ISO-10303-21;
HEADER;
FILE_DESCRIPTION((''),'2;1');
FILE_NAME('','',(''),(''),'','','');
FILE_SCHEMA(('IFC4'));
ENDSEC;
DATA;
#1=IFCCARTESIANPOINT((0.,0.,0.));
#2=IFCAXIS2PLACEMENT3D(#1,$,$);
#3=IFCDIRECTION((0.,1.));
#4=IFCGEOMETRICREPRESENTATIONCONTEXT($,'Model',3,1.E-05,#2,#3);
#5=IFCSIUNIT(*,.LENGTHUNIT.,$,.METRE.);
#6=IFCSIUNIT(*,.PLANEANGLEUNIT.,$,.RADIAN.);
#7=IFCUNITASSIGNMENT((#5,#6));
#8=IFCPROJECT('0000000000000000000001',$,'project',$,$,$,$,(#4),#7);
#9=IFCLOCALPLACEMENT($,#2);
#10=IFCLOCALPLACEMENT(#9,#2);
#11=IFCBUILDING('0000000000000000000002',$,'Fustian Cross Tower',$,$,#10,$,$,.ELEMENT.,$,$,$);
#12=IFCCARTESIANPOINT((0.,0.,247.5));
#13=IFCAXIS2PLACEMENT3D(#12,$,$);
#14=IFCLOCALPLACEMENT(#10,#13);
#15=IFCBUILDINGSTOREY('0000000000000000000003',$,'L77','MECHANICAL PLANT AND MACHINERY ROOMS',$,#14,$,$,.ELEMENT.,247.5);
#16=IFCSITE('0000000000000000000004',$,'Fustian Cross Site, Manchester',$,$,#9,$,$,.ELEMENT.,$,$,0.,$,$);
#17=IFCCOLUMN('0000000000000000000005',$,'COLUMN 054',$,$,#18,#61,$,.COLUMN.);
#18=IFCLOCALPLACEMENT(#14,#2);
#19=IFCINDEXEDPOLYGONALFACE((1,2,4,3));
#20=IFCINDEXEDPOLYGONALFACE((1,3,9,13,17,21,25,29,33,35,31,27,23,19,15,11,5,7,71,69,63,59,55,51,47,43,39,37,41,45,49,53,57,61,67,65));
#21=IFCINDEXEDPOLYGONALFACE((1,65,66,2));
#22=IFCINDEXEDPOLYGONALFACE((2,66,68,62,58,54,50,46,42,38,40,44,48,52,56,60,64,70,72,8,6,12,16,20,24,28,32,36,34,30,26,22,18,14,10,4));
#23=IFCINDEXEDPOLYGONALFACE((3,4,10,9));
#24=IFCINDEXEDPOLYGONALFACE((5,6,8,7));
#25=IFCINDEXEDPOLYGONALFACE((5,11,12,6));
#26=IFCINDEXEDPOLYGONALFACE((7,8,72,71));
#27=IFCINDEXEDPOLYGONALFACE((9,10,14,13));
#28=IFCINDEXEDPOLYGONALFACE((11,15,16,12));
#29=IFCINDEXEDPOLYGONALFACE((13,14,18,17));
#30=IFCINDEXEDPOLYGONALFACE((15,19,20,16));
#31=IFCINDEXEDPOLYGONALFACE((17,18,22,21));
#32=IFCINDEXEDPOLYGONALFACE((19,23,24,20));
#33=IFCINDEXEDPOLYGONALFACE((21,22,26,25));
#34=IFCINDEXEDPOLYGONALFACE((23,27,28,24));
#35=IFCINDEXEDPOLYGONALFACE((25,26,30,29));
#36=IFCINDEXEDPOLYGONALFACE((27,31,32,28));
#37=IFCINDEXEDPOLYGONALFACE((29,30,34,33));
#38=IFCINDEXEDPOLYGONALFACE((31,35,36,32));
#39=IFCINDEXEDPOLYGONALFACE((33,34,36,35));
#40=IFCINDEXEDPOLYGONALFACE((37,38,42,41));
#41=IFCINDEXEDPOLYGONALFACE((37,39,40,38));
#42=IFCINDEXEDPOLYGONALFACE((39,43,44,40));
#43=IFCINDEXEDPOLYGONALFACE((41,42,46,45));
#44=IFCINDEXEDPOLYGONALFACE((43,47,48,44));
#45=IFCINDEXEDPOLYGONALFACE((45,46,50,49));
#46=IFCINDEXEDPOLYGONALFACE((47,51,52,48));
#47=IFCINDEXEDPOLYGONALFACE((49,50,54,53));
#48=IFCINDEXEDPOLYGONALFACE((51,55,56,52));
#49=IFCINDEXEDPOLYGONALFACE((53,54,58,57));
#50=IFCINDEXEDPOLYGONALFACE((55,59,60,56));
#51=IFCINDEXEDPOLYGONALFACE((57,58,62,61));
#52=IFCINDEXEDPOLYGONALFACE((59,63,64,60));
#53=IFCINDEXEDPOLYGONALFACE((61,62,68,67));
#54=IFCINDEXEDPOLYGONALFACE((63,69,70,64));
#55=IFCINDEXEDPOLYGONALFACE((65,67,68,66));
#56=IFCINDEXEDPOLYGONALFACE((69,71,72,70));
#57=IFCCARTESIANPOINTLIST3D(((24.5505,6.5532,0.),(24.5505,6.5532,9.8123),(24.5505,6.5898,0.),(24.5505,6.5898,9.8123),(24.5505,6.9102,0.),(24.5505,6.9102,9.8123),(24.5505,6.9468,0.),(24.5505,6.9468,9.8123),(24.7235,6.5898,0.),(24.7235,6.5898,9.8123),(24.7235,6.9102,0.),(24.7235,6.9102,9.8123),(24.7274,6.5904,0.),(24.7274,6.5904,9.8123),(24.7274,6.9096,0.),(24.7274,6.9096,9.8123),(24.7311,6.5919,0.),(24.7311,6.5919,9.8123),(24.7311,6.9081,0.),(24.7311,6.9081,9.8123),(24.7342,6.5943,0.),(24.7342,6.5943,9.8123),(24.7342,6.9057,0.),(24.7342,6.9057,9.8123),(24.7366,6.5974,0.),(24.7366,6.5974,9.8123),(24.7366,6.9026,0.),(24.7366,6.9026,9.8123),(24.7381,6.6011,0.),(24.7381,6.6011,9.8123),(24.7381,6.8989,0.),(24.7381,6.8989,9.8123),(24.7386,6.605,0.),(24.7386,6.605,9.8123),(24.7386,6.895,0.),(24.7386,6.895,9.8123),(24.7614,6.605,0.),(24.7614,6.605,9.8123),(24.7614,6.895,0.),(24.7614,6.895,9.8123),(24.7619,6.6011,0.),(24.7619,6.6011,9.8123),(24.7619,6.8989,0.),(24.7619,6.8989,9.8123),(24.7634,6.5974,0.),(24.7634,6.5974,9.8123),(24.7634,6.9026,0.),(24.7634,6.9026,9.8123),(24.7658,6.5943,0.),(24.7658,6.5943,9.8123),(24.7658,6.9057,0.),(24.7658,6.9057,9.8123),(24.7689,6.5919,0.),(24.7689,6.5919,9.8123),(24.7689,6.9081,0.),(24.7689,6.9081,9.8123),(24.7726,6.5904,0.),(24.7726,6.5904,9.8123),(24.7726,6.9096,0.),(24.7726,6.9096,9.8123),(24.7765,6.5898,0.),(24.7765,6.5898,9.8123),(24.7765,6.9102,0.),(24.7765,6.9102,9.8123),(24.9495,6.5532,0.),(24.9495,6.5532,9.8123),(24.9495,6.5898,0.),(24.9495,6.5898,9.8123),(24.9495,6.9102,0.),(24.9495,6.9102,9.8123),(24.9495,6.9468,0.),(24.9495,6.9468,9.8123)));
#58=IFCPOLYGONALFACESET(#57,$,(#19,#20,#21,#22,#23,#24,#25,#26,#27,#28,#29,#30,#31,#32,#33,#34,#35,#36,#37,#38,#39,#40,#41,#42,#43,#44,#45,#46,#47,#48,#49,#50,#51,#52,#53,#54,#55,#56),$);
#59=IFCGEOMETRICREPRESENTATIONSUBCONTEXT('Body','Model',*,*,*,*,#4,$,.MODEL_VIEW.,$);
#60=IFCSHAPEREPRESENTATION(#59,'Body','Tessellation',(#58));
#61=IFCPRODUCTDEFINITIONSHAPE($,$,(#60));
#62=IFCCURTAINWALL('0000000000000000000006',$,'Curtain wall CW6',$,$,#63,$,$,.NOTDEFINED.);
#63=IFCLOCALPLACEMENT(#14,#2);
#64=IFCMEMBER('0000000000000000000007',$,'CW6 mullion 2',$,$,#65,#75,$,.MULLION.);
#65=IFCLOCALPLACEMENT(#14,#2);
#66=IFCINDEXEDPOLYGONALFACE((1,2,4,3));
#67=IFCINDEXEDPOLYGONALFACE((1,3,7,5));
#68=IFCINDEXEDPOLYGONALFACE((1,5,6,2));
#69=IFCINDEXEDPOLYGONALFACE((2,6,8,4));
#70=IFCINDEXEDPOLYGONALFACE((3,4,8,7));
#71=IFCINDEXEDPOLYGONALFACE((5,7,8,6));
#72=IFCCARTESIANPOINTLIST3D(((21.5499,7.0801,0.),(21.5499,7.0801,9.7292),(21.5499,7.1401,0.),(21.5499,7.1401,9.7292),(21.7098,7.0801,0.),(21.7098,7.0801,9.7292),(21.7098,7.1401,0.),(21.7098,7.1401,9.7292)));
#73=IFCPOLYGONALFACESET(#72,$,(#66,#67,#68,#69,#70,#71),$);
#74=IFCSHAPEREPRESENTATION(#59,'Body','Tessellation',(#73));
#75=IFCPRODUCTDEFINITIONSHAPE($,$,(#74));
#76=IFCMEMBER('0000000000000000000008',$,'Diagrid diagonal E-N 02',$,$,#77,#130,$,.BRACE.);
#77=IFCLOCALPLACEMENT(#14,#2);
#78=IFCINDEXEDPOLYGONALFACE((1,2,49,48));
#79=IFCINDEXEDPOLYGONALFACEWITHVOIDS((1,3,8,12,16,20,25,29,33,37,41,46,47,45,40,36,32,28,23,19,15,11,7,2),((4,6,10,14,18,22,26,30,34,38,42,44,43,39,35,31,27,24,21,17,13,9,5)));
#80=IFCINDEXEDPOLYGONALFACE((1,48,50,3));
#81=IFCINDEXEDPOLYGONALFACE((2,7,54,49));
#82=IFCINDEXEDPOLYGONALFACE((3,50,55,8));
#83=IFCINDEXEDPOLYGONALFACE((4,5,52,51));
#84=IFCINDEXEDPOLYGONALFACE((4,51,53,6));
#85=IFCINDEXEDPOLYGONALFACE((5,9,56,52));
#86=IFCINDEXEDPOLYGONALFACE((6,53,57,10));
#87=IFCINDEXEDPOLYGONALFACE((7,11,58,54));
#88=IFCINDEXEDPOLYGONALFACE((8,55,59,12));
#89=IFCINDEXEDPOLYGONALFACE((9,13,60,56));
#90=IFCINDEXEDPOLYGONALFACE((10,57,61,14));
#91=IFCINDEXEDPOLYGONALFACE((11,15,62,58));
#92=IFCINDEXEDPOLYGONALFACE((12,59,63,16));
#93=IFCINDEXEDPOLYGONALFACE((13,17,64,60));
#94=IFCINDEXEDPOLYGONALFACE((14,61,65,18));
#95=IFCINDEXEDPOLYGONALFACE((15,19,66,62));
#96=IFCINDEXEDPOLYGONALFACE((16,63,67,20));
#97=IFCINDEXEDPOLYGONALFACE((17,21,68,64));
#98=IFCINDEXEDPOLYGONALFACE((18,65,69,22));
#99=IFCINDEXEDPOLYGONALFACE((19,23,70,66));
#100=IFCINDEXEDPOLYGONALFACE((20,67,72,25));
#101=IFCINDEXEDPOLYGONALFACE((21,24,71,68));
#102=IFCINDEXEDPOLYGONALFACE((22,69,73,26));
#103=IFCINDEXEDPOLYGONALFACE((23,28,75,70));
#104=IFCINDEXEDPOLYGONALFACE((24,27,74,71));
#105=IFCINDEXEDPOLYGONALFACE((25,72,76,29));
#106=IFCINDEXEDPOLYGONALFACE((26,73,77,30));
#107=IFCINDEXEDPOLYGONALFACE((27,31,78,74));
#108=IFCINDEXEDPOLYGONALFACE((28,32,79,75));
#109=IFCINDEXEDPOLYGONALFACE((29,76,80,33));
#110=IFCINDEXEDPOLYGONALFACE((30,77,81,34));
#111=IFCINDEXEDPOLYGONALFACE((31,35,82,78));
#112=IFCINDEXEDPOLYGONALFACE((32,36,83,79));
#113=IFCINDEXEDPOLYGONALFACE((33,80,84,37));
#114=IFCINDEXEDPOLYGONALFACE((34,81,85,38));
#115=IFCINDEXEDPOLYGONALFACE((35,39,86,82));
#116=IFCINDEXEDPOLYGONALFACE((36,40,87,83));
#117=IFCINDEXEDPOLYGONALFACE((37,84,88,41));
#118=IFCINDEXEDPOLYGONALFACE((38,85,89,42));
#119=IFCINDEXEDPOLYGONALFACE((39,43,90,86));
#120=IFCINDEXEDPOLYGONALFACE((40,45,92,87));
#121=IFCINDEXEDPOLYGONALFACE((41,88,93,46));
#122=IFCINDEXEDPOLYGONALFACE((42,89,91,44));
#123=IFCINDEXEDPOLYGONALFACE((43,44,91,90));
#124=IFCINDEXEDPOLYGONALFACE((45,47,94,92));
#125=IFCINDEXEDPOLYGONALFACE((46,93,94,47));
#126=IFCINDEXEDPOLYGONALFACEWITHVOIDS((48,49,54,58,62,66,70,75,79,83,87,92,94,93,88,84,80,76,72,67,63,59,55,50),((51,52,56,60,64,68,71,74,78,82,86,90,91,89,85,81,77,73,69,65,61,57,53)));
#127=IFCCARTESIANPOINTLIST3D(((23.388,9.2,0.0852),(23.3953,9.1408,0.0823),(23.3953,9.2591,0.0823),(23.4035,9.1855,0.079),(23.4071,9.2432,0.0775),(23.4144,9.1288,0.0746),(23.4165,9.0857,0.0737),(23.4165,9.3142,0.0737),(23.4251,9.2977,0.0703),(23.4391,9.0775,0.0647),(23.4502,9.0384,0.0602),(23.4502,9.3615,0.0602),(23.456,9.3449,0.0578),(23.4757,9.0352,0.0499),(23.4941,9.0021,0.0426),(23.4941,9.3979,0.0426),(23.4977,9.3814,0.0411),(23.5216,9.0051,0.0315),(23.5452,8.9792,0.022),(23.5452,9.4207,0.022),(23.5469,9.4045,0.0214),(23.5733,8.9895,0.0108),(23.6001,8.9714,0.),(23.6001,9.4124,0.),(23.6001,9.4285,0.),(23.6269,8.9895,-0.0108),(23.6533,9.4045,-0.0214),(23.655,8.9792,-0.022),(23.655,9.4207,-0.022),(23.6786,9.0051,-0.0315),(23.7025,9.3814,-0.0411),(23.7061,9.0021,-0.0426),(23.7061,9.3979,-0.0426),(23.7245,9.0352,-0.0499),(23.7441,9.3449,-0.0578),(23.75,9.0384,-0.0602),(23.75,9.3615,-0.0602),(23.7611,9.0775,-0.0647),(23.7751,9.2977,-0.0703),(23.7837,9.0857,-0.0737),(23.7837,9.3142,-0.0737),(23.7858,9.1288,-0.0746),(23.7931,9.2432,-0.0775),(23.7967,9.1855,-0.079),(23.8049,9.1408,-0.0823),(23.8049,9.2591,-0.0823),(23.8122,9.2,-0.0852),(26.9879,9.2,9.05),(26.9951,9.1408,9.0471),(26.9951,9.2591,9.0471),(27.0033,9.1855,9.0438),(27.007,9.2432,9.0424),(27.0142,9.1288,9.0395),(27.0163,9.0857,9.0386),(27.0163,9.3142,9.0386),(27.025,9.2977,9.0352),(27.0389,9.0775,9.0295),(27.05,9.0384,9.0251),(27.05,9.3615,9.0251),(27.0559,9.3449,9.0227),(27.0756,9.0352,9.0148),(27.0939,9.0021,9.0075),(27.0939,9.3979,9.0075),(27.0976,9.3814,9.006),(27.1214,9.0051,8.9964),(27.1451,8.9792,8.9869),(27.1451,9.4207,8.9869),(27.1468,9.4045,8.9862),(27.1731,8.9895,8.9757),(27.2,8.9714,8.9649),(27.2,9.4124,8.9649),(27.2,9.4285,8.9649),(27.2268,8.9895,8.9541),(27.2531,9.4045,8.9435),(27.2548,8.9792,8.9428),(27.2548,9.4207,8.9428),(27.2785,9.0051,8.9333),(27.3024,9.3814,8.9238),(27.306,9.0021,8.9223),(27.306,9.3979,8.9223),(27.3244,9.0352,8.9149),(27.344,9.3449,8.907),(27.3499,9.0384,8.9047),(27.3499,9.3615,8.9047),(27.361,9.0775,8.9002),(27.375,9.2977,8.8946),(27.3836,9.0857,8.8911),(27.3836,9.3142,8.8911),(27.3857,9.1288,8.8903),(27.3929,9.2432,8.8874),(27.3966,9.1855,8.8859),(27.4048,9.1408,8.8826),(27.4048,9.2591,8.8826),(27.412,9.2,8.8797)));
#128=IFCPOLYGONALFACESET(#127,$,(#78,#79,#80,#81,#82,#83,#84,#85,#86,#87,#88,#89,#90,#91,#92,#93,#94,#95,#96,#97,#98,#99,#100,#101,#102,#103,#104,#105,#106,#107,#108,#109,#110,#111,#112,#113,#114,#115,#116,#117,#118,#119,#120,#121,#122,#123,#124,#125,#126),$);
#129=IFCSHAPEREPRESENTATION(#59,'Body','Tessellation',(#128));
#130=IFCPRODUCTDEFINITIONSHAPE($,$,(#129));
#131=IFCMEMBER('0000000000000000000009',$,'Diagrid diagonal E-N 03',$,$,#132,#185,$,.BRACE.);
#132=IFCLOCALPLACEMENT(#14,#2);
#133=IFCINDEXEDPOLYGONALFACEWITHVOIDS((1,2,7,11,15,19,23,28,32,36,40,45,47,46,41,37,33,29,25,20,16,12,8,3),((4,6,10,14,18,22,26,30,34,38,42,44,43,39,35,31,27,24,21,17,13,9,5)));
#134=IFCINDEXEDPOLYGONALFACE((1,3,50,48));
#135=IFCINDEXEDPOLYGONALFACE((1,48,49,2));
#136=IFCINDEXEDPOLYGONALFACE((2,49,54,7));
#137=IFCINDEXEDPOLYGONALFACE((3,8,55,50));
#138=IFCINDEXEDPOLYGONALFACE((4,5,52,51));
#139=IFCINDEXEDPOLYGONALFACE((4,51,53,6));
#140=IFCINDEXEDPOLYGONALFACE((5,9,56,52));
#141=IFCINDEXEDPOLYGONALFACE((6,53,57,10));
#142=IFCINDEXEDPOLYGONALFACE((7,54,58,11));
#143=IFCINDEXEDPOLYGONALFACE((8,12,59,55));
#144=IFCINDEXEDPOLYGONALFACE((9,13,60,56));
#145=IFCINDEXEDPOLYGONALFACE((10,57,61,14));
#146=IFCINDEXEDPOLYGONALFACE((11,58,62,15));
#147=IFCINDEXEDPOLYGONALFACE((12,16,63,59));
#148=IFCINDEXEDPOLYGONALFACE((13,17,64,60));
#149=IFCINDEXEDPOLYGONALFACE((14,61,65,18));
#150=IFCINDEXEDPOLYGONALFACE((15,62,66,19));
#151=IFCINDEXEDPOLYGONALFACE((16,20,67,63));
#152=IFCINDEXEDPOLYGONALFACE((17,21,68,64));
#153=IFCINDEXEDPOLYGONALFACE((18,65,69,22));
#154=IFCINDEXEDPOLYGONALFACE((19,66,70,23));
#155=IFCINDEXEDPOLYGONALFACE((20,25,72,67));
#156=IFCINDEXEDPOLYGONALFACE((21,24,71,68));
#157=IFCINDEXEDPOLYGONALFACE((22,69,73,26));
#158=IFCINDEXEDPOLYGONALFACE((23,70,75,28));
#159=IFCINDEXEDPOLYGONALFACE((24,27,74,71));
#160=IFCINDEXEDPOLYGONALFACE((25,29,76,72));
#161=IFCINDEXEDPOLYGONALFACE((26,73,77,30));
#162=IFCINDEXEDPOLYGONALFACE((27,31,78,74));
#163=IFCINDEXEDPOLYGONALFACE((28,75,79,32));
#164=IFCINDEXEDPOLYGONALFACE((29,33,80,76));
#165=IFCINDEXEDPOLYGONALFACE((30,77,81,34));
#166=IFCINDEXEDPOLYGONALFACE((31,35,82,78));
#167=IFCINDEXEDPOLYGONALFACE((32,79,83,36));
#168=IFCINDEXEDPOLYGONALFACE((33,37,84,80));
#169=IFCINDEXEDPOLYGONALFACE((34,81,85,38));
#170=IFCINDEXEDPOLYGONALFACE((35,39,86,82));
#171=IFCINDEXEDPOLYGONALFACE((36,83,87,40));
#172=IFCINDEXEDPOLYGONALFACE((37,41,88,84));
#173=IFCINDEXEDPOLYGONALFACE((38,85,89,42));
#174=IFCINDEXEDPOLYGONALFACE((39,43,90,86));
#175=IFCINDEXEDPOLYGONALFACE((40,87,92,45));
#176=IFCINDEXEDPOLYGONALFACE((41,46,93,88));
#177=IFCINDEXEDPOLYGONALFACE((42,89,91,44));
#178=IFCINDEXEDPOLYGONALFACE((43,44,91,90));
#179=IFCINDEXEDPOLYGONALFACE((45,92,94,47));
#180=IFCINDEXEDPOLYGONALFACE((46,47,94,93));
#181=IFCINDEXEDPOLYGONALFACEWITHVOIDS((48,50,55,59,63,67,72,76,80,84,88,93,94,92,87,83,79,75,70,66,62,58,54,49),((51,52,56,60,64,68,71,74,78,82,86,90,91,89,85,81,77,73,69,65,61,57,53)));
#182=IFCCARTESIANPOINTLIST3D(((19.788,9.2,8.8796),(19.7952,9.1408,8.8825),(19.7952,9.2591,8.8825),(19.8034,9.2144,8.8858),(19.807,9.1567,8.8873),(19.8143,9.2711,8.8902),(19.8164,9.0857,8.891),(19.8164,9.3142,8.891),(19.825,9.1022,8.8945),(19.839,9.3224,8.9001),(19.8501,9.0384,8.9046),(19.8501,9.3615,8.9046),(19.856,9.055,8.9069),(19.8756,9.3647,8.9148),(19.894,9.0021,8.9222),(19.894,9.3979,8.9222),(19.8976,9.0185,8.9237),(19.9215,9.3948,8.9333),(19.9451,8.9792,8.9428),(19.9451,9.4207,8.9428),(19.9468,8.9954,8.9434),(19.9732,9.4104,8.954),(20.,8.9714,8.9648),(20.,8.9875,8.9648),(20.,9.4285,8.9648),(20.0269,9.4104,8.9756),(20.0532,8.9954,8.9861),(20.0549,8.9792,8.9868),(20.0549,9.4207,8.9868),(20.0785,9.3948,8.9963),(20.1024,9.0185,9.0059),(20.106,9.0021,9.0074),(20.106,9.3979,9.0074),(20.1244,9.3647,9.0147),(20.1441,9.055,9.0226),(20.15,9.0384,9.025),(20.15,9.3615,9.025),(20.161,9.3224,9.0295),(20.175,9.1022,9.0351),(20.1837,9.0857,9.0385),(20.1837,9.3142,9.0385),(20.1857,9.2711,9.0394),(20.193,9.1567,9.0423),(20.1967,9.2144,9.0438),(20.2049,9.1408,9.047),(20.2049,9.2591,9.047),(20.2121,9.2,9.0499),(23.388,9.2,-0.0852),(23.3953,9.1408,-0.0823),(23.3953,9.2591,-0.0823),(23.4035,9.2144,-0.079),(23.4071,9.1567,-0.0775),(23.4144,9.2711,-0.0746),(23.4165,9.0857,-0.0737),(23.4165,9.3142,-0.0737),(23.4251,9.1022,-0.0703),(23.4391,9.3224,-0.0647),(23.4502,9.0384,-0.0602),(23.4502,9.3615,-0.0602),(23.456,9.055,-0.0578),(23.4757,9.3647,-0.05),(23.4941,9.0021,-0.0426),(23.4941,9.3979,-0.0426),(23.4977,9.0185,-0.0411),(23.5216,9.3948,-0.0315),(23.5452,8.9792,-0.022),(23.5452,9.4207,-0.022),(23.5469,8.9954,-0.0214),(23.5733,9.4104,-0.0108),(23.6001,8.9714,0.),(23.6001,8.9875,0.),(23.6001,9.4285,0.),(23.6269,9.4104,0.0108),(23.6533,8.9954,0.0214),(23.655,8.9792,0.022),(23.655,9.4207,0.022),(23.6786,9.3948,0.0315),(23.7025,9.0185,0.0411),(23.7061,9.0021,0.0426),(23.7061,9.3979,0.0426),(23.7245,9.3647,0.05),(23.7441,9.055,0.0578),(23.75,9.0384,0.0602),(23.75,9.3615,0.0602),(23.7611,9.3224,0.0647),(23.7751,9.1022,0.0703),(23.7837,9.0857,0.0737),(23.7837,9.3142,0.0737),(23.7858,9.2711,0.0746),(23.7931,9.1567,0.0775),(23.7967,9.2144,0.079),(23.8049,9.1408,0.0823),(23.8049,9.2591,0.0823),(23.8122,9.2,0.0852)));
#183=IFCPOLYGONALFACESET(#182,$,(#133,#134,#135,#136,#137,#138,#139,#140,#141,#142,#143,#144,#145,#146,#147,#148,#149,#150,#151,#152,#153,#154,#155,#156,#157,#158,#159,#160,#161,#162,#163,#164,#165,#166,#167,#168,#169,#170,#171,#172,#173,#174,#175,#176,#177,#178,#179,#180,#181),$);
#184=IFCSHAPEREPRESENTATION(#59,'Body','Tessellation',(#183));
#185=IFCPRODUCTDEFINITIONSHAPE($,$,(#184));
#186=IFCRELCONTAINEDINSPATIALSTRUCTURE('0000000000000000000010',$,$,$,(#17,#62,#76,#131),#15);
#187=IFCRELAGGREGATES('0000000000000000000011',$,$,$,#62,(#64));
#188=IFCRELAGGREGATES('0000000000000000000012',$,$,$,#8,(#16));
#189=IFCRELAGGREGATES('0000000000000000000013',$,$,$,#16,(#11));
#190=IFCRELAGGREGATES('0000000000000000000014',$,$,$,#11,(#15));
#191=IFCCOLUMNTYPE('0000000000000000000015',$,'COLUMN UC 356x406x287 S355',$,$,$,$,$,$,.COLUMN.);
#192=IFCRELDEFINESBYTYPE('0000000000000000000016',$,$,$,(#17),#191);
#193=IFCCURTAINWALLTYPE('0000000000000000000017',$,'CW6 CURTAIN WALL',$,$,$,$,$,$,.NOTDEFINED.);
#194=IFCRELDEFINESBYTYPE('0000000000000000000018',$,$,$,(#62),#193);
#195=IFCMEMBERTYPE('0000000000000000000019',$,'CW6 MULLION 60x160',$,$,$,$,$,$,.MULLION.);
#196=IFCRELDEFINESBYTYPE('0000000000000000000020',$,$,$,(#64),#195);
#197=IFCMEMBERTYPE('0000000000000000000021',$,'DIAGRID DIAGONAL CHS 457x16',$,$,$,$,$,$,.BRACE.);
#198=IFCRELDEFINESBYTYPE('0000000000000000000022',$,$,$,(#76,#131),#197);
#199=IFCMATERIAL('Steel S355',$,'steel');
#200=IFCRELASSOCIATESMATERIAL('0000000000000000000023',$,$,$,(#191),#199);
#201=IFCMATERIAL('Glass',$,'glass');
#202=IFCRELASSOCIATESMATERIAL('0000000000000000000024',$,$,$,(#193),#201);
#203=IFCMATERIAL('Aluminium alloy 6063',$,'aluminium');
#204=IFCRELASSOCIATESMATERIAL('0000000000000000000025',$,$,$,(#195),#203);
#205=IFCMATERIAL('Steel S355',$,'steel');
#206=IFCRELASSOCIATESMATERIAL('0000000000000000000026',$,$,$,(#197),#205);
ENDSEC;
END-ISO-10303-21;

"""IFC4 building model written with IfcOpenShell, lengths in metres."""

from ifc_helpers import new_model, si_unit, direction, frame, origin, origin_2d, place, context, subcontext, project, spatial, rectangle, hollow_circle, i_section, extrude, material, material_profile, profile_set, type_object, element, aggregate, save


model = new_model("IFC4")

# Units and contexts
model_context = context("Model", 3, precision=1e-05, world=origin(), true_north=direction((0.0, 1.0)))
body_context = subcontext(model_context, "Body", "Model", "MODEL_VIEW")
ifc_project = project(units=[si_unit("LENGTHUNIT", "METRE"), si_unit("PLANEANGLEUNIT", "RADIAN")], contexts=[model_context])

# Site, building, storey
site_placement = place(None, origin())
site = spatial("IfcSite", under=ifc_project, at=site_placement, Name="Fustian Cross Site, Manchester", CompositionType="ELEMENT", RefElevation=0.0)
building_placement = place(site_placement, origin())
building = spatial("IfcBuilding", under=site, at=building_placement, Name="Fustian Cross Tower", CompositionType="ELEMENT")
storey_placement = place(building_placement, frame((0.0, 0.0, 247.5)))
storey = spatial("IfcBuildingStorey", under=building, at=storey_placement, Name="L77", Description="MECHANICAL PLANT AND MACHINERY ROOMS", CompositionType="ELEMENT", Elevation=247.5)

# Column
ifc_material_1 = material(Name="Steel S355", Category="steel")
ifc_material_profile_1 = material_profile(ifc_material_1, i_section(OverallWidth=0.3989, OverallDepth=0.3936, WebThickness=0.0227, FlangeThickness=0.0366, FilletRadius=0.0151, at=origin_2d()), Name="UC 356x406x287")
ifc_profile_set_1 = profile_set([ifc_material_profile_1], Name="Steel S355")
column_type = type_object("IfcColumnType", Name="COLUMN UC 356x406x287 S355", PredefinedType="COLUMN", material=ifc_profile_set_1)
column_placement = place(storey_placement, frame((24.75, 6.75, 0.0), z_axis=(0.0, 0.0, 1.0), x_axis=(1.0, 0.0, 0.0)))
element("IfcColumn", 1, at=column_placement, inside=storey, type_object=column_type, Name="COLUMN 054", PredefinedType="COLUMN", context=body_context, shape_type="SweptSolid", body=[
    extrude(i_section(OverallWidth=0.3989, OverallDepth=0.3936, WebThickness=0.0227, FlangeThickness=0.0366, FilletRadius=0.0151, at=origin_2d()), origin(), (0.0, 0.0, 1.0), 9.8123),
])

# Curtain wall, member
ifc_material_2 = material(Name="Glass", Category="glass")
curtain_wall_type = type_object("IfcCurtainWallType", Name="CW6 CURTAIN WALL", PredefinedType="NOTDEFINED", material=ifc_material_2)
curtain_wall_placement = place(storey_placement, origin())
curtain_wall = element("IfcCurtainWall", 2, at=curtain_wall_placement, inside=storey, type_object=curtain_wall_type, Name="Curtain wall CW6", PredefinedType="NOTDEFINED")
ifc_material_3 = material(Name="Aluminium alloy 6063", Category="aluminium")
ifc_material_profile_2 = material_profile(ifc_material_3, rectangle(XDim=0.0601, YDim=0.1599, at=origin_2d()), Name="CW6 MULLION 60x160")
ifc_profile_set_2 = profile_set([ifc_material_profile_2], Name="Aluminium alloy 6063")
member_type_1 = type_object("IfcMemberType", Name="CW6 MULLION 60x160", PredefinedType="MULLION", material=ifc_profile_set_2)
member_1_placement = place(storey_placement, frame((21.6299, 7.1101, 0.0), z_axis=(0.0, 0.0, 1.0), x_axis=(0.0, -1.0, 0.0)))
member_1 = element("IfcMember", 3, at=member_1_placement, type_object=member_type_1, Name="CW6 mullion 2", PredefinedType="MULLION", context=body_context, shape_type="SweptSolid", body=[
    extrude(rectangle(XDim=0.0601, YDim=0.1599, at=origin_2d()), origin(), (0.0, 0.0, 1.0), 9.7292),
])

# Members
ifc_material_4 = material(Name="Steel S355", Category="steel")
ifc_material_profile_3 = material_profile(ifc_material_4, hollow_circle(Radius=0.2285, WallThickness=0.0161, at=origin_2d()), Name="CHS 457x16")
ifc_profile_set_3 = profile_set([ifc_material_profile_3], Name="Steel S355")
member_type_2 = type_object("IfcMemberType", Name="DIAGRID DIAGONAL CHS 457x16", PredefinedType="BRACE", material=ifc_profile_set_3)
for number, where, z_axis, x_axis, name in (
    (4, (23.6001, 9.2, 0.0), (0.372632, 0.0, 0.927979), (0.0, 1.0, 0.0), "Diagrid diagonal E-N 02"),
    (5, (23.6001, 9.2, 0.0), (-0.372654, 0.0, 0.92797), (0.0, -1.0, 0.0), "Diagrid diagonal E-N 03"),
):
    element("IfcMember", number, at=place(storey_placement, frame(where, z_axis=z_axis, x_axis=x_axis)), inside=storey, type_object=member_type_2, Name=name, PredefinedType="BRACE", context=body_context, shape_type="SweptSolid", body=[
        extrude(hollow_circle(Radius=0.2285, WallThickness=0.0161, at=origin_2d()), origin(), (0.0, 0.0, 1.0), 9.6606),
    ])

aggregate(curtain_wall, [member_1])

save(model, "model.ifc")
